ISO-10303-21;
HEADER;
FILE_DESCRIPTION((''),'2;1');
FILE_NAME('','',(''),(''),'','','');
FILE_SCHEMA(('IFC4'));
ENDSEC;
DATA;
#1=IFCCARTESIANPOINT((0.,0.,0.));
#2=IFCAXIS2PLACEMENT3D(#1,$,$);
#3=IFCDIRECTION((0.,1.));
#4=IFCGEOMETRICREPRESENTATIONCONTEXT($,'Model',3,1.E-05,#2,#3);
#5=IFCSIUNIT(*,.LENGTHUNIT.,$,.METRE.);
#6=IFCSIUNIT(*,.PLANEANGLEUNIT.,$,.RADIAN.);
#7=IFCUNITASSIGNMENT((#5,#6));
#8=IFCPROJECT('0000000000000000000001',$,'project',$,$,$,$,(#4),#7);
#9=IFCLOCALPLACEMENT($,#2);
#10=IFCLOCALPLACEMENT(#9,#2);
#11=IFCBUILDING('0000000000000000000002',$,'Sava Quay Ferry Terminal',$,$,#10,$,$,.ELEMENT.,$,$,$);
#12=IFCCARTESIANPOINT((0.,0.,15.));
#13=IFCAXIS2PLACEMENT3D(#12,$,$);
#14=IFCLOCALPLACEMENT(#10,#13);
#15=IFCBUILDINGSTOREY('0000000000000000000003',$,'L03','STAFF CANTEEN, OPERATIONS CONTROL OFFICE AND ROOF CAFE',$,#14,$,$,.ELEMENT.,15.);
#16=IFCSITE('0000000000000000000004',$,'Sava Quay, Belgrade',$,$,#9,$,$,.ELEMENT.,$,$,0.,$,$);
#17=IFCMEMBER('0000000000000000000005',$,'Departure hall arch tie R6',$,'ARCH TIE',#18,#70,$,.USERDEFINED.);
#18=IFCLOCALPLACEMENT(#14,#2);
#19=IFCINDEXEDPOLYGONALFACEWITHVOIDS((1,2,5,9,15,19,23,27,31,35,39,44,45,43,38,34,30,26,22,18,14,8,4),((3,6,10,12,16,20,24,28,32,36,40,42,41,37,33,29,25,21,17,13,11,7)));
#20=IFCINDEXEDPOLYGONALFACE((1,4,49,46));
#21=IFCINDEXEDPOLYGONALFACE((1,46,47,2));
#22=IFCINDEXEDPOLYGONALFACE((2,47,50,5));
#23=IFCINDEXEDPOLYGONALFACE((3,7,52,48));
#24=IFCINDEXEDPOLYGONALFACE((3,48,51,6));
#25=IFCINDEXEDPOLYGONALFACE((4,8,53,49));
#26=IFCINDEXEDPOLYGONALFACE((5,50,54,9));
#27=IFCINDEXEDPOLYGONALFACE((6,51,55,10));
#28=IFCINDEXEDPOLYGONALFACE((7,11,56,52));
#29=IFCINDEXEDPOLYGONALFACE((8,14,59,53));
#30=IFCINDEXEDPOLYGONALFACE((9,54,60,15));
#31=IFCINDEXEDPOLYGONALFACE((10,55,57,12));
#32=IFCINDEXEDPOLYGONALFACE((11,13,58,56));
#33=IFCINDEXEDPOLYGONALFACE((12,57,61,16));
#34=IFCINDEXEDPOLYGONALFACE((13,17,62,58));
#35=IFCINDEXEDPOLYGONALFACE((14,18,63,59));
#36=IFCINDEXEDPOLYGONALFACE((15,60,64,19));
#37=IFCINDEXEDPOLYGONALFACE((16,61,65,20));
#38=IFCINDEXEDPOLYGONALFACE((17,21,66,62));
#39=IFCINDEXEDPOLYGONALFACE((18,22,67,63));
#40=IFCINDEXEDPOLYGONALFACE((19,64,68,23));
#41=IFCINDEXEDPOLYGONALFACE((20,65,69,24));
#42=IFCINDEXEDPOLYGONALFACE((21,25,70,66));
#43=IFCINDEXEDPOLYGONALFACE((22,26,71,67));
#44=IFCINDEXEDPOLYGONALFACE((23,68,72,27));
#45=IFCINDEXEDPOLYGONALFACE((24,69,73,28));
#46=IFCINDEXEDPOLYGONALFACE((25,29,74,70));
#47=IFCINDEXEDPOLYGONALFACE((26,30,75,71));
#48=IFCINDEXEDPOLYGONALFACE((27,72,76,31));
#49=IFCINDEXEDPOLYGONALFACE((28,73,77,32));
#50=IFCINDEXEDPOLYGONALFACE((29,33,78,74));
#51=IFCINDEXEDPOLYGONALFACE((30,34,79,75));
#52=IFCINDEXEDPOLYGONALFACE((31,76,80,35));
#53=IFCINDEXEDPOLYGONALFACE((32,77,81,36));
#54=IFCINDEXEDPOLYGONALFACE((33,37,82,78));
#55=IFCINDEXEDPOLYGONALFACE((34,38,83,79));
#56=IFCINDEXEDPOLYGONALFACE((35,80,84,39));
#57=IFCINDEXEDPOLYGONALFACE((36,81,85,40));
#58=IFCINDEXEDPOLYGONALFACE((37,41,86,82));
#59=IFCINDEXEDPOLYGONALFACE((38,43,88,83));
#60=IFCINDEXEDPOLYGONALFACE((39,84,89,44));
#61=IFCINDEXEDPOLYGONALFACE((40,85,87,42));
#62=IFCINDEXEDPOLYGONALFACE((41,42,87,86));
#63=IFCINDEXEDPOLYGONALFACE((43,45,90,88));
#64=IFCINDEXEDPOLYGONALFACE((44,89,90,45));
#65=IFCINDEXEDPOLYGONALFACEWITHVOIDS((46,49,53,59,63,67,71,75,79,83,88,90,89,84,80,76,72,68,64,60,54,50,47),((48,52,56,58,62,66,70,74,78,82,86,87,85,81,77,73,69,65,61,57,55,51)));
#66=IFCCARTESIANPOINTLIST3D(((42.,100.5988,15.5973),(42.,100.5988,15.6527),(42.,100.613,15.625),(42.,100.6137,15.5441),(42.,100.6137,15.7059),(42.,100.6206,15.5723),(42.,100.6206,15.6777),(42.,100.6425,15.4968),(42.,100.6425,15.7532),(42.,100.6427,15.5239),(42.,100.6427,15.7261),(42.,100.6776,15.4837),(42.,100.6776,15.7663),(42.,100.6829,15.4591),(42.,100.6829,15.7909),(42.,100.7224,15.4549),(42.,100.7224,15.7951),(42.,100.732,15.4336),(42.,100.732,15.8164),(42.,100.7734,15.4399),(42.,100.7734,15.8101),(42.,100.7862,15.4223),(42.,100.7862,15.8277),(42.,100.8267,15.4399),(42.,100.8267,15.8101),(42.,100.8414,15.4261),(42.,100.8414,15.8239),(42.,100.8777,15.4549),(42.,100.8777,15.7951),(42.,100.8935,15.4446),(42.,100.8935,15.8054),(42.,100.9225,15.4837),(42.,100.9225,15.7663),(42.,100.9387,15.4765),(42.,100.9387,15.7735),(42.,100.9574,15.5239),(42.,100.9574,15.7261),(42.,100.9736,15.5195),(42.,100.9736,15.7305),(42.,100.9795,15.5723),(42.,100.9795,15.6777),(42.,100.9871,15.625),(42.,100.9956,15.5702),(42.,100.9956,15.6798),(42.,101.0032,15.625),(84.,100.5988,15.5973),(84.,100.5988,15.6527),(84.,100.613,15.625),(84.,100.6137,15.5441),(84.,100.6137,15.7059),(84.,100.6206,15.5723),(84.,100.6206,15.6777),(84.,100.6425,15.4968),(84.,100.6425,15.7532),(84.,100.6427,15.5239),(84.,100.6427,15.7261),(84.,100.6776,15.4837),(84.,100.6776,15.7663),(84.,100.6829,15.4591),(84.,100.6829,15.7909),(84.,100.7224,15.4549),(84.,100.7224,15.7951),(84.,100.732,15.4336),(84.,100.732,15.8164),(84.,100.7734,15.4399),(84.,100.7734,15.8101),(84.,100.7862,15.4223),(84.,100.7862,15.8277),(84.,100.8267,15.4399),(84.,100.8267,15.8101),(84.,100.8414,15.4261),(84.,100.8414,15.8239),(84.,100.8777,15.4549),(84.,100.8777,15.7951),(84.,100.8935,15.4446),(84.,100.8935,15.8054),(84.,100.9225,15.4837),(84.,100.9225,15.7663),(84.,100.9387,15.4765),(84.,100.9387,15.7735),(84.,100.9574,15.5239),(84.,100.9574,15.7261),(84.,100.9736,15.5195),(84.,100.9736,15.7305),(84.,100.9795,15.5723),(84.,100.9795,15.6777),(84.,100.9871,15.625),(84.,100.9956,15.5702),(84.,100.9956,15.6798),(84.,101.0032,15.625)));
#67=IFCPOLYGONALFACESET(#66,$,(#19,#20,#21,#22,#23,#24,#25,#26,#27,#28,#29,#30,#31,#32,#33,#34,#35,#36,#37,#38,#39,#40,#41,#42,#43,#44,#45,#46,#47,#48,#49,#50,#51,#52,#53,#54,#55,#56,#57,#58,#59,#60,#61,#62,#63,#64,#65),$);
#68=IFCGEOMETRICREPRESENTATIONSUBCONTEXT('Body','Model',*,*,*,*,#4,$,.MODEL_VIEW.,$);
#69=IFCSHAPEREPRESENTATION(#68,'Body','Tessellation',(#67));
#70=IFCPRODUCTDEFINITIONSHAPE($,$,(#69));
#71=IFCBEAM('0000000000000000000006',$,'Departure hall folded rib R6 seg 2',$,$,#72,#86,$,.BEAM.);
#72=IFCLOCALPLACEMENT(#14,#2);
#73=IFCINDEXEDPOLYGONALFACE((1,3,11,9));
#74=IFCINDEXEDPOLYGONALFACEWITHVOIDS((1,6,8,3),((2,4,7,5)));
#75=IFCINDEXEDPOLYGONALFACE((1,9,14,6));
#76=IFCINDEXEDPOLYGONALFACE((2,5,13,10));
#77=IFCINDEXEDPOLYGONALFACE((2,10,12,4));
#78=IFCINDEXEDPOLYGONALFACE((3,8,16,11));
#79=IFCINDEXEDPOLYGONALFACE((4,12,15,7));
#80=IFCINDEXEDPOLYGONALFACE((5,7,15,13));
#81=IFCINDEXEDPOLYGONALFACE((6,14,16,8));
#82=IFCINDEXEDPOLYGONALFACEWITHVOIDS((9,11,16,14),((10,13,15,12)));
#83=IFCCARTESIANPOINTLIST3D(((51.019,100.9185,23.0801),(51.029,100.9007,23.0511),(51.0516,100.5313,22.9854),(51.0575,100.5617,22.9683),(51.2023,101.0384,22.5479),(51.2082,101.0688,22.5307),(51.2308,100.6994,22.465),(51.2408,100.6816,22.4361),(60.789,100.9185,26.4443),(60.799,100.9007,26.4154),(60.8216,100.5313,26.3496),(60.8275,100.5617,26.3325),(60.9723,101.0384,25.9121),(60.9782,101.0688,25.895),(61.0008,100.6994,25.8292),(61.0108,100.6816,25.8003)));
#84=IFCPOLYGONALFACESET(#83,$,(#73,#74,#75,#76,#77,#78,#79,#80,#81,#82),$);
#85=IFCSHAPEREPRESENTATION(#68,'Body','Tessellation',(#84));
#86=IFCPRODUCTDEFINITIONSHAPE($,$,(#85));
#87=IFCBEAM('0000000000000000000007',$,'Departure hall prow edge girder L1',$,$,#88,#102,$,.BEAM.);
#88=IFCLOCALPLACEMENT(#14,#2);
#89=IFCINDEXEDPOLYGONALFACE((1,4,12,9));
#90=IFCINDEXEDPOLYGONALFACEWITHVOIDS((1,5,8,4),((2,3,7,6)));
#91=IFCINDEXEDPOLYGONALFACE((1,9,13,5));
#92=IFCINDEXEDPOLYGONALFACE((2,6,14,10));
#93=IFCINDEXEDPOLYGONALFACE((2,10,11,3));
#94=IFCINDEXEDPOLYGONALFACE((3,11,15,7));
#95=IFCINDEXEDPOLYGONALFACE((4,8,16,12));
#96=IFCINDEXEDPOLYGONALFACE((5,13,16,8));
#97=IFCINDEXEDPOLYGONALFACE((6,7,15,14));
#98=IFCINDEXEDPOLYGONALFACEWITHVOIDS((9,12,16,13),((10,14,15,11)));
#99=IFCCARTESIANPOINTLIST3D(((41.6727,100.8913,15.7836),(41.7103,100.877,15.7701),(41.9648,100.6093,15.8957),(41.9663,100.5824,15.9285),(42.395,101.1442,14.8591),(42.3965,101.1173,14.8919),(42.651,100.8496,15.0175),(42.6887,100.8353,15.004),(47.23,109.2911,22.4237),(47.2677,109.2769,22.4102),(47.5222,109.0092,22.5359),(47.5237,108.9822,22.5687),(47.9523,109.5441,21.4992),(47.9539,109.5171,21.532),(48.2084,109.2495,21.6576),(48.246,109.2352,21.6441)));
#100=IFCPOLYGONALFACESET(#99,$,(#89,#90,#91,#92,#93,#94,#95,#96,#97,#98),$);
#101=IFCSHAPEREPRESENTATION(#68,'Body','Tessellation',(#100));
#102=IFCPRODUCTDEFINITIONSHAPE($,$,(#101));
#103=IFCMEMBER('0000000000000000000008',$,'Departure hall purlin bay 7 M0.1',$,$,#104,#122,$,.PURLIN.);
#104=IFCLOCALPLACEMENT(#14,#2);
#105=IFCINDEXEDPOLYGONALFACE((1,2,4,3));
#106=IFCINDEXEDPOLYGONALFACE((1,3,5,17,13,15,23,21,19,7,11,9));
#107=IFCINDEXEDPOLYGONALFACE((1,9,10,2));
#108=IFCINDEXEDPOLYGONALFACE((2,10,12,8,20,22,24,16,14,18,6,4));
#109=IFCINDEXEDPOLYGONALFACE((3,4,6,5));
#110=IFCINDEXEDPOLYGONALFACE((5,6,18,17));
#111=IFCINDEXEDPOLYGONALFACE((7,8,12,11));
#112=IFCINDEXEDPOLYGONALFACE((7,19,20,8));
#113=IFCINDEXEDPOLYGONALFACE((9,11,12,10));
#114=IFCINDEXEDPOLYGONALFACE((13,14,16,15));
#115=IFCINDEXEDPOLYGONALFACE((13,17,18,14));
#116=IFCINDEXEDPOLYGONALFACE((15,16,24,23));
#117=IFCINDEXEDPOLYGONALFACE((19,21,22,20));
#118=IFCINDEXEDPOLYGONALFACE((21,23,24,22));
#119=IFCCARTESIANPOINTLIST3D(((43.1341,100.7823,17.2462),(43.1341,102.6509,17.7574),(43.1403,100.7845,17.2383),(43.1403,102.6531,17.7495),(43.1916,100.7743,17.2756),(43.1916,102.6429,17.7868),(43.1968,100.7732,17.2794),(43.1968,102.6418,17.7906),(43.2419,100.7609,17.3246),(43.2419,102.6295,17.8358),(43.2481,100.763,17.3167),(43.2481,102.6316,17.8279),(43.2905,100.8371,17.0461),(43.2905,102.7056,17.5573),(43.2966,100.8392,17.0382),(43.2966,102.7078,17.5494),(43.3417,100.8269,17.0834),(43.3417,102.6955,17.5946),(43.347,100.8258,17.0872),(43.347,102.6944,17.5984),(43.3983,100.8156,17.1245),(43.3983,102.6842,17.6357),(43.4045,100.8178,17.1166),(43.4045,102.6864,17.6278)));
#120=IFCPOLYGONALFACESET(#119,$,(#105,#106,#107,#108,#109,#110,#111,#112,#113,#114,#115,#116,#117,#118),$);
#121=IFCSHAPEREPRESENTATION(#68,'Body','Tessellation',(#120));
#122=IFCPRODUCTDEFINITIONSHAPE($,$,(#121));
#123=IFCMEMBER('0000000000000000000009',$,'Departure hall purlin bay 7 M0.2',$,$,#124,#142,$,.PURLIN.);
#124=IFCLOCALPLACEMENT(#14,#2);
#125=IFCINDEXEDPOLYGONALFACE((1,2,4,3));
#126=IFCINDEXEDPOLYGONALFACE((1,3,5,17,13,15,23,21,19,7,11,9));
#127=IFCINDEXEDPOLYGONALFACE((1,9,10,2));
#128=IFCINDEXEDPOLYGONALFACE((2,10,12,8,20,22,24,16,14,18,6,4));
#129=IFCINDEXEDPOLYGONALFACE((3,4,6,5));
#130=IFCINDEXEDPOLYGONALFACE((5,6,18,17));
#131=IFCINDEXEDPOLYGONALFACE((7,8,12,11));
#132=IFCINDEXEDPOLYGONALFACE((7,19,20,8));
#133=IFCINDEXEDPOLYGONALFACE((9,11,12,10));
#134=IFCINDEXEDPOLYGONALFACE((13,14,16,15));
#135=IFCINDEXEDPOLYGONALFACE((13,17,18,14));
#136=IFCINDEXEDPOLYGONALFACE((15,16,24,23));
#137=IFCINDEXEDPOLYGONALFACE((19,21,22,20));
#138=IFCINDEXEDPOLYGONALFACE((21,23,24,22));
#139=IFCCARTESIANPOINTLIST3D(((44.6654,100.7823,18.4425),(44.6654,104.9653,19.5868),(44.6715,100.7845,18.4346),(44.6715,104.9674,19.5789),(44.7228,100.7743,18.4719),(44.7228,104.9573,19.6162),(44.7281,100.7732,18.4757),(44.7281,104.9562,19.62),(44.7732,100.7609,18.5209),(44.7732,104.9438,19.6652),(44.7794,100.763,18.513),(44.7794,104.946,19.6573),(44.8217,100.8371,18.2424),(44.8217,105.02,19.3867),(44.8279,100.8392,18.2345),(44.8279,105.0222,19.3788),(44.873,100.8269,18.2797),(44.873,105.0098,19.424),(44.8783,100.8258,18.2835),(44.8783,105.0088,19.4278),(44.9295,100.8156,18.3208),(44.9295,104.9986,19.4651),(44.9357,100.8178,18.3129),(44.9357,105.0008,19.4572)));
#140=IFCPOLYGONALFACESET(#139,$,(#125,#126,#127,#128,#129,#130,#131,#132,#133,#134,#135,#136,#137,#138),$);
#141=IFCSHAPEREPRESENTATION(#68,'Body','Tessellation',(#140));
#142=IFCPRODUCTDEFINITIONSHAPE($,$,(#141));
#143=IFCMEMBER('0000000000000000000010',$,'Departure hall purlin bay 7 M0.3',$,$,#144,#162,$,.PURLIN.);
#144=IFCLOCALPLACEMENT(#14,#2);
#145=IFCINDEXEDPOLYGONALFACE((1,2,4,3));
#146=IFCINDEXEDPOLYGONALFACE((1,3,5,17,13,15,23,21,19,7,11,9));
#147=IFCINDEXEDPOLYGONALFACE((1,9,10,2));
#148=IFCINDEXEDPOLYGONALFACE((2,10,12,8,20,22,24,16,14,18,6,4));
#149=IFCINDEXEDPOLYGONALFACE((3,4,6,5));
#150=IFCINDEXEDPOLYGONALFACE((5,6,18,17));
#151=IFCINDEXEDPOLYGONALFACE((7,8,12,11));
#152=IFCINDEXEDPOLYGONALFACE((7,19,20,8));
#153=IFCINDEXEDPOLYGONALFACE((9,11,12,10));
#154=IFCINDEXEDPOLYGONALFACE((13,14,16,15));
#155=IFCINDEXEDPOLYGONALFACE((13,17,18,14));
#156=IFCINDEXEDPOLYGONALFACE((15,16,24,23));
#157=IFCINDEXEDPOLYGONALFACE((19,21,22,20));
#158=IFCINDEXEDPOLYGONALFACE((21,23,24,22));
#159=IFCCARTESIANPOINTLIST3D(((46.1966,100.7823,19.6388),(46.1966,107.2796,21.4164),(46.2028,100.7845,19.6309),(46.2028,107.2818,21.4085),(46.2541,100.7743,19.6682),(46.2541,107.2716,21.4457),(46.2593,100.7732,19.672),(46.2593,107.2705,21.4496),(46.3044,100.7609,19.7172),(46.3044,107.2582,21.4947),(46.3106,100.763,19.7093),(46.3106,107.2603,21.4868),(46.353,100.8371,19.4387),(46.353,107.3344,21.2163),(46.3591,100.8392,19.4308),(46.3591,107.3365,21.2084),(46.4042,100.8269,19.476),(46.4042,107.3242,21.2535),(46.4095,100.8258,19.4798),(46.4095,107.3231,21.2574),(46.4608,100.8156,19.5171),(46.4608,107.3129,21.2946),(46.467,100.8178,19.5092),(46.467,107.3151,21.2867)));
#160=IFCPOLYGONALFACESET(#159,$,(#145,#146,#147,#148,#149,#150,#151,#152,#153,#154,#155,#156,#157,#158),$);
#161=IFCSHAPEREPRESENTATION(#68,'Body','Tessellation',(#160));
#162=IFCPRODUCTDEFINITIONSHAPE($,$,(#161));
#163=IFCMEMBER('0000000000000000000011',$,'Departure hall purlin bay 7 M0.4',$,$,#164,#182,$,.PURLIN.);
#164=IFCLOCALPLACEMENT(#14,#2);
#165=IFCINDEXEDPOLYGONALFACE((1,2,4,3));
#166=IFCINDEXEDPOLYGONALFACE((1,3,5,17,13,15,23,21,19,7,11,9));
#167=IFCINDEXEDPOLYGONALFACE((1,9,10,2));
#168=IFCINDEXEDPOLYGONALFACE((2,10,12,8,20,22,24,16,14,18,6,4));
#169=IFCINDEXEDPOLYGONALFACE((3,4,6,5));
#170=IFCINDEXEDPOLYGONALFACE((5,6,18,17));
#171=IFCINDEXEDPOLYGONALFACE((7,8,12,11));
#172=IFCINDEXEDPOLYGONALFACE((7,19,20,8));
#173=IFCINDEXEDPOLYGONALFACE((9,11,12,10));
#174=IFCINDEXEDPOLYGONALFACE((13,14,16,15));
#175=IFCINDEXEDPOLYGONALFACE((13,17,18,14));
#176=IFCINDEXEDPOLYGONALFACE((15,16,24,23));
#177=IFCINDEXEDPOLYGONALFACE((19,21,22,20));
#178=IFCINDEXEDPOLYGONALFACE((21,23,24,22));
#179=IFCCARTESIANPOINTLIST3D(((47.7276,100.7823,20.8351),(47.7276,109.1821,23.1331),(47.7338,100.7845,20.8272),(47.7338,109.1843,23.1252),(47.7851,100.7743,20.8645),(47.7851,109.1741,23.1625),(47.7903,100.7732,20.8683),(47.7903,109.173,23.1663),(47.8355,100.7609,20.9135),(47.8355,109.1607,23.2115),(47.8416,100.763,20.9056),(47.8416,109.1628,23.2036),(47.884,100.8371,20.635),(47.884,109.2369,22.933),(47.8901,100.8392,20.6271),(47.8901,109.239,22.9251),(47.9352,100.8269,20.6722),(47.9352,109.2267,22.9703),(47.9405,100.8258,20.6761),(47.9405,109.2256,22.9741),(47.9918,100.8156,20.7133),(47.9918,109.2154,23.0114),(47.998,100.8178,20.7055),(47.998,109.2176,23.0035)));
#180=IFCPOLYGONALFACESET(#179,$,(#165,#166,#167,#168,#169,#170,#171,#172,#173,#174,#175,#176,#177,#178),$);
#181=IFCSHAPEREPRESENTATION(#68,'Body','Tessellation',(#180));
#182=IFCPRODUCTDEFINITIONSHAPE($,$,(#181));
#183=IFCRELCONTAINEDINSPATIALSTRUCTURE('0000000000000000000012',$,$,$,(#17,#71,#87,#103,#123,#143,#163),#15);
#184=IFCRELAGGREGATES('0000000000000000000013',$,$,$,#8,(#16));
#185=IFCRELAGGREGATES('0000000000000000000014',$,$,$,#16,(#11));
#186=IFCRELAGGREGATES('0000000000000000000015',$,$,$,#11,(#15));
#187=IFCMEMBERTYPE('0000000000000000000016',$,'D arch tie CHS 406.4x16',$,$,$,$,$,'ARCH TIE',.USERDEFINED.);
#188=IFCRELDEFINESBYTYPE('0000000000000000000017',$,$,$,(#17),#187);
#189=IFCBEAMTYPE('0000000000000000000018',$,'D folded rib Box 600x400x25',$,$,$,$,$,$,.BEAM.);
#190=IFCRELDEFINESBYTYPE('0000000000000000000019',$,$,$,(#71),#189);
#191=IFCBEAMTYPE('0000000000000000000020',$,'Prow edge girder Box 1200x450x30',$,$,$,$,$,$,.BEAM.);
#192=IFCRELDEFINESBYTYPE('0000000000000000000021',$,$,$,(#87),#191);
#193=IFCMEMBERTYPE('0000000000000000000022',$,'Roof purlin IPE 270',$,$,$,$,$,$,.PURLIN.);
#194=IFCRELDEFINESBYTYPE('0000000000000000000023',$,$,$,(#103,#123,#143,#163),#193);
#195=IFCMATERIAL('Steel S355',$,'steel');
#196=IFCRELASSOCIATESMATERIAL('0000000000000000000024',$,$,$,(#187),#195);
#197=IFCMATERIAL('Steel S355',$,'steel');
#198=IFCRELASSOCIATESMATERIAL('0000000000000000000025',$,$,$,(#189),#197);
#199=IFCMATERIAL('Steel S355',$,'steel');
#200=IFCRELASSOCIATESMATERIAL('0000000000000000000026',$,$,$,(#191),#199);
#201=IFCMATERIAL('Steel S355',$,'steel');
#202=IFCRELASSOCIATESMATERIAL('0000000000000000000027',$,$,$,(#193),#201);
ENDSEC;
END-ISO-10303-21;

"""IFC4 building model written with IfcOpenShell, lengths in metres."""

from ifc_helpers import new_model, si_unit, direction, frame, origin, origin_2d, place, context, subcontext, project, spatial, polyline, hollow_circle, i_section, outline, extrude, material, material_profile, profile_set, type_object, element, save


model = new_model("IFC4")

# Units and contexts
model_context = context("Model", 3, precision=1e-05, world=origin(), true_north=direction((0.0, 1.0)))
body_context = subcontext(model_context, "Body", "Model", "MODEL_VIEW")
ifc_project = project(units=[si_unit("LENGTHUNIT", "METRE"), si_unit("PLANEANGLEUNIT", "RADIAN")], contexts=[model_context])

# Site, building, storey
site_placement = place(None, origin())
site = spatial("IfcSite", under=ifc_project, at=site_placement, Name="Sava Quay, Belgrade", CompositionType="ELEMENT", RefElevation=0.0)
building_placement = place(site_placement, origin())
building = spatial("IfcBuilding", under=site, at=building_placement, Name="Sava Quay Ferry Terminal", CompositionType="ELEMENT")
storey_placement = place(building_placement, frame((0.0, 0.0, 15.0)))
storey = spatial("IfcBuildingStorey", under=building, at=storey_placement, Name="L03", Description="STAFF CANTEEN, OPERATIONS CONTROL OFFICE AND ROOF CAFE", CompositionType="ELEMENT", Elevation=15.0)

# Member
ifc_material_1 = material(Name="Steel S355", Category="steel")
ifc_material_profile_1 = material_profile(ifc_material_1, hollow_circle(Radius=0.2031, WallThickness=0.0161, at=origin_2d()), Name="CHS 406.4 x 16.0")
ifc_profile_set_1 = profile_set([ifc_material_profile_1], Name="Steel S355")
member_type_1 = type_object("IfcMemberType", Name="D arch tie CHS 406.4x16", ElementType="ARCH TIE", PredefinedType="USERDEFINED", material=ifc_profile_set_1)
member_1_placement = place(storey_placement, frame((42.0, 100.8, 15.625), z_axis=(1.0, 0.0, 0.0), x_axis=(0.0, 1.0, 0.0)))
element("IfcMember", 1, at=member_1_placement, inside=storey, type_object=member_type_1, Name="Departure hall arch tie R6", ObjectType="ARCH TIE", PredefinedType="USERDEFINED", context=body_context, shape_type="SweptSolid", body=[
    extrude(hollow_circle(Radius=0.2031, WallThickness=0.0161, at=origin_2d()), origin(), (0.0, 0.0, 1.0), 42.0),
])

# Beams
ifc_material_2 = material(Name="Steel S355", Category="steel")
ifc_material_profile_2 = material_profile(ifc_material_2, outline(polyline([(-0.2, -0.3), (0.2, -0.3), (0.2, 0.3), (-0.2, 0.3), (-0.2, -0.3)]), holes=[polyline([(-0.175, -0.2749), (-0.175, 0.2749), (0.175, 0.2749), (0.175, -0.2749), (-0.175, -0.2749)])]), Name="Box 600x400x25 built-up")
ifc_profile_set_2 = profile_set([ifc_material_profile_2], Name="Steel S355")
beam_type_1 = type_object("IfcBeamType", Name="D folded rib Box 600x400x25", PredefinedType="BEAM", material=ifc_profile_set_2)
beam_1_placement = place(storey_placement, frame((51.1299, 100.8, 22.7581), z_axis=(0.945514, 0.0, 0.325583), x_axis=(-0.081534, 0.968136, 0.23678)))
element("IfcBeam", 2, at=beam_1_placement, inside=storey, type_object=beam_type_1, Name="Departure hall folded rib R6 seg 2", PredefinedType="BEAM", context=body_context, shape_type="SweptSolid", body=[
    extrude(outline(polyline([(-0.2, -0.3), (0.2, -0.3), (0.2, 0.3), (-0.2, 0.3), (-0.2, -0.3)]), holes=[polyline([(-0.175, -0.2749), (-0.175, 0.2749), (0.175, 0.2749), (0.175, -0.2749), (-0.175, -0.2749)])]), origin(), (0.0, 0.0, 1.0), 10.333),
])
ifc_material_3 = material(Name="Steel S355", Category="steel")
ifc_material_profile_3 = material_profile(ifc_material_3, outline(polyline([(-0.2251, -0.6001), (0.2251, -0.6001), (0.2251, 0.6001), (-0.2251, 0.6001), (-0.2251, -0.6001)]), holes=[polyline([(-0.1951, -0.5701), (-0.1951, 0.5701), (0.1951, 0.5701), (0.1951, -0.5701), (-0.1951, -0.5701)])]), Name="Box 1200x450x30 built-up")
ifc_profile_set_3 = profile_set([ifc_material_profile_3], Name="Steel S355")
beam_type_2 = type_object("IfcBeamType", Name="Prow edge girder Box 1200x450x30", PredefinedType="BEAM", material=ifc_profile_set_3)
beam_2_placement = place(storey_placement, frame((42.1807, 100.8633, 15.3938), z_axis=(0.460667, 0.696293, 0.55042), x_axis=(-0.652356, 0.686121, -0.321976)))
element("IfcBeam", 3, at=beam_2_placement, inside=storey, type_object=beam_type_2, Name="Departure hall prow edge girder L1", PredefinedType="BEAM", context=body_context, shape_type="SweptSolid", body=[
    extrude(outline(polyline([(-0.2251, -0.6001), (0.2251, -0.6001), (0.2251, 0.6001), (-0.2251, 0.6001), (-0.2251, -0.6001)]), holes=[polyline([(-0.1951, -0.5701), (-0.1951, 0.5701), (0.1951, 0.5701), (0.1951, -0.5701), (-0.1951, -0.5701)])]), origin(), (0.0, 0.0, 1.0), 12.0637),
])

# Members
ifc_material_4 = material(Name="Steel S355", Category="steel")
ifc_material_profile_4 = material_profile(ifc_material_4, i_section(OverallWidth=0.135, OverallDepth=0.27, WebThickness=0.0066, FlangeThickness=0.0103, at=origin_2d()), Name="IPE 270")
ifc_profile_set_4 = profile_set([ifc_material_profile_4], Name="Steel S355")
member_type_2 = type_object("IfcMemberType", Name="Roof purlin IPE 270", PredefinedType="PURLIN", material=ifc_profile_set_4)
member_2_placement = place(storey_placement, frame((43.2693, 100.8, 17.1814), z_axis=(0.0, 0.964554, 0.263885), x_axis=(-0.79862, 0.158815, -0.580503)))
element("IfcMember", 4, at=member_2_placement, inside=storey, type_object=member_type_2, Name="Departure hall purlin bay 7 M0.1", PredefinedType="PURLIN", context=body_context, shape_type="SweptSolid", body=[
    extrude(i_section(OverallWidth=0.135, OverallDepth=0.27, WebThickness=0.0066, FlangeThickness=0.0103, at=origin_2d()), origin(), (0.0, 0.0, 1.0), 1.9373),
])
member_3_placement = place(storey_placement, frame((44.8005, 100.8, 18.3777), z_axis=(0.0, 0.964558, 0.26387), x_axis=(-0.79862, 0.158806, -0.580505)))
element("IfcMember", 5, at=member_3_placement, inside=storey, type_object=member_type_2, Name="Departure hall purlin bay 7 M0.2", PredefinedType="PURLIN", context=body_context, shape_type="SweptSolid", body=[
    extrude(i_section(OverallWidth=0.135, OverallDepth=0.27, WebThickness=0.0066, FlangeThickness=0.0103, at=origin_2d()), origin(), (0.0, 0.0, 1.0), 4.3367),
])
member_4_placement = place(storey_placement, frame((46.3318, 100.8, 19.574), z_axis=(0.0, 0.964553, 0.26389), x_axis=(-0.79862, 0.158818, -0.580502)))
element("IfcMember", 6, at=member_4_placement, inside=storey, type_object=member_type_2, Name="Departure hall purlin bay 7 M0.3", PredefinedType="PURLIN", context=body_context, shape_type="SweptSolid", body=[
    extrude(i_section(OverallWidth=0.135, OverallDepth=0.27, WebThickness=0.0066, FlangeThickness=0.0103, at=origin_2d()), origin(), (0.0, 0.0, 1.0), 6.7361),
])
for number, where, z_axis, x_axis, name in (
    (7, (47.8628, 100.8, 20.7703), (0.0, 0.964553, 0.263888), (-0.79862, 0.158817, -0.580502), "Departure hall purlin bay 7 M0.4"),
):
    element("IfcMember", number, at=place(storey_placement, frame(where, z_axis=z_axis, x_axis=x_axis)), inside=storey, type_object=member_type_2, Name=name, PredefinedType="PURLIN", context=body_context, shape_type="SweptSolid", body=[
        extrude(i_section(OverallWidth=0.135, OverallDepth=0.27, WebThickness=0.0066, FlangeThickness=0.0103, at=origin_2d()), origin(), (0.0, 0.0, 1.0), 8.7085),
    ])

save(model, "model.ifc")
